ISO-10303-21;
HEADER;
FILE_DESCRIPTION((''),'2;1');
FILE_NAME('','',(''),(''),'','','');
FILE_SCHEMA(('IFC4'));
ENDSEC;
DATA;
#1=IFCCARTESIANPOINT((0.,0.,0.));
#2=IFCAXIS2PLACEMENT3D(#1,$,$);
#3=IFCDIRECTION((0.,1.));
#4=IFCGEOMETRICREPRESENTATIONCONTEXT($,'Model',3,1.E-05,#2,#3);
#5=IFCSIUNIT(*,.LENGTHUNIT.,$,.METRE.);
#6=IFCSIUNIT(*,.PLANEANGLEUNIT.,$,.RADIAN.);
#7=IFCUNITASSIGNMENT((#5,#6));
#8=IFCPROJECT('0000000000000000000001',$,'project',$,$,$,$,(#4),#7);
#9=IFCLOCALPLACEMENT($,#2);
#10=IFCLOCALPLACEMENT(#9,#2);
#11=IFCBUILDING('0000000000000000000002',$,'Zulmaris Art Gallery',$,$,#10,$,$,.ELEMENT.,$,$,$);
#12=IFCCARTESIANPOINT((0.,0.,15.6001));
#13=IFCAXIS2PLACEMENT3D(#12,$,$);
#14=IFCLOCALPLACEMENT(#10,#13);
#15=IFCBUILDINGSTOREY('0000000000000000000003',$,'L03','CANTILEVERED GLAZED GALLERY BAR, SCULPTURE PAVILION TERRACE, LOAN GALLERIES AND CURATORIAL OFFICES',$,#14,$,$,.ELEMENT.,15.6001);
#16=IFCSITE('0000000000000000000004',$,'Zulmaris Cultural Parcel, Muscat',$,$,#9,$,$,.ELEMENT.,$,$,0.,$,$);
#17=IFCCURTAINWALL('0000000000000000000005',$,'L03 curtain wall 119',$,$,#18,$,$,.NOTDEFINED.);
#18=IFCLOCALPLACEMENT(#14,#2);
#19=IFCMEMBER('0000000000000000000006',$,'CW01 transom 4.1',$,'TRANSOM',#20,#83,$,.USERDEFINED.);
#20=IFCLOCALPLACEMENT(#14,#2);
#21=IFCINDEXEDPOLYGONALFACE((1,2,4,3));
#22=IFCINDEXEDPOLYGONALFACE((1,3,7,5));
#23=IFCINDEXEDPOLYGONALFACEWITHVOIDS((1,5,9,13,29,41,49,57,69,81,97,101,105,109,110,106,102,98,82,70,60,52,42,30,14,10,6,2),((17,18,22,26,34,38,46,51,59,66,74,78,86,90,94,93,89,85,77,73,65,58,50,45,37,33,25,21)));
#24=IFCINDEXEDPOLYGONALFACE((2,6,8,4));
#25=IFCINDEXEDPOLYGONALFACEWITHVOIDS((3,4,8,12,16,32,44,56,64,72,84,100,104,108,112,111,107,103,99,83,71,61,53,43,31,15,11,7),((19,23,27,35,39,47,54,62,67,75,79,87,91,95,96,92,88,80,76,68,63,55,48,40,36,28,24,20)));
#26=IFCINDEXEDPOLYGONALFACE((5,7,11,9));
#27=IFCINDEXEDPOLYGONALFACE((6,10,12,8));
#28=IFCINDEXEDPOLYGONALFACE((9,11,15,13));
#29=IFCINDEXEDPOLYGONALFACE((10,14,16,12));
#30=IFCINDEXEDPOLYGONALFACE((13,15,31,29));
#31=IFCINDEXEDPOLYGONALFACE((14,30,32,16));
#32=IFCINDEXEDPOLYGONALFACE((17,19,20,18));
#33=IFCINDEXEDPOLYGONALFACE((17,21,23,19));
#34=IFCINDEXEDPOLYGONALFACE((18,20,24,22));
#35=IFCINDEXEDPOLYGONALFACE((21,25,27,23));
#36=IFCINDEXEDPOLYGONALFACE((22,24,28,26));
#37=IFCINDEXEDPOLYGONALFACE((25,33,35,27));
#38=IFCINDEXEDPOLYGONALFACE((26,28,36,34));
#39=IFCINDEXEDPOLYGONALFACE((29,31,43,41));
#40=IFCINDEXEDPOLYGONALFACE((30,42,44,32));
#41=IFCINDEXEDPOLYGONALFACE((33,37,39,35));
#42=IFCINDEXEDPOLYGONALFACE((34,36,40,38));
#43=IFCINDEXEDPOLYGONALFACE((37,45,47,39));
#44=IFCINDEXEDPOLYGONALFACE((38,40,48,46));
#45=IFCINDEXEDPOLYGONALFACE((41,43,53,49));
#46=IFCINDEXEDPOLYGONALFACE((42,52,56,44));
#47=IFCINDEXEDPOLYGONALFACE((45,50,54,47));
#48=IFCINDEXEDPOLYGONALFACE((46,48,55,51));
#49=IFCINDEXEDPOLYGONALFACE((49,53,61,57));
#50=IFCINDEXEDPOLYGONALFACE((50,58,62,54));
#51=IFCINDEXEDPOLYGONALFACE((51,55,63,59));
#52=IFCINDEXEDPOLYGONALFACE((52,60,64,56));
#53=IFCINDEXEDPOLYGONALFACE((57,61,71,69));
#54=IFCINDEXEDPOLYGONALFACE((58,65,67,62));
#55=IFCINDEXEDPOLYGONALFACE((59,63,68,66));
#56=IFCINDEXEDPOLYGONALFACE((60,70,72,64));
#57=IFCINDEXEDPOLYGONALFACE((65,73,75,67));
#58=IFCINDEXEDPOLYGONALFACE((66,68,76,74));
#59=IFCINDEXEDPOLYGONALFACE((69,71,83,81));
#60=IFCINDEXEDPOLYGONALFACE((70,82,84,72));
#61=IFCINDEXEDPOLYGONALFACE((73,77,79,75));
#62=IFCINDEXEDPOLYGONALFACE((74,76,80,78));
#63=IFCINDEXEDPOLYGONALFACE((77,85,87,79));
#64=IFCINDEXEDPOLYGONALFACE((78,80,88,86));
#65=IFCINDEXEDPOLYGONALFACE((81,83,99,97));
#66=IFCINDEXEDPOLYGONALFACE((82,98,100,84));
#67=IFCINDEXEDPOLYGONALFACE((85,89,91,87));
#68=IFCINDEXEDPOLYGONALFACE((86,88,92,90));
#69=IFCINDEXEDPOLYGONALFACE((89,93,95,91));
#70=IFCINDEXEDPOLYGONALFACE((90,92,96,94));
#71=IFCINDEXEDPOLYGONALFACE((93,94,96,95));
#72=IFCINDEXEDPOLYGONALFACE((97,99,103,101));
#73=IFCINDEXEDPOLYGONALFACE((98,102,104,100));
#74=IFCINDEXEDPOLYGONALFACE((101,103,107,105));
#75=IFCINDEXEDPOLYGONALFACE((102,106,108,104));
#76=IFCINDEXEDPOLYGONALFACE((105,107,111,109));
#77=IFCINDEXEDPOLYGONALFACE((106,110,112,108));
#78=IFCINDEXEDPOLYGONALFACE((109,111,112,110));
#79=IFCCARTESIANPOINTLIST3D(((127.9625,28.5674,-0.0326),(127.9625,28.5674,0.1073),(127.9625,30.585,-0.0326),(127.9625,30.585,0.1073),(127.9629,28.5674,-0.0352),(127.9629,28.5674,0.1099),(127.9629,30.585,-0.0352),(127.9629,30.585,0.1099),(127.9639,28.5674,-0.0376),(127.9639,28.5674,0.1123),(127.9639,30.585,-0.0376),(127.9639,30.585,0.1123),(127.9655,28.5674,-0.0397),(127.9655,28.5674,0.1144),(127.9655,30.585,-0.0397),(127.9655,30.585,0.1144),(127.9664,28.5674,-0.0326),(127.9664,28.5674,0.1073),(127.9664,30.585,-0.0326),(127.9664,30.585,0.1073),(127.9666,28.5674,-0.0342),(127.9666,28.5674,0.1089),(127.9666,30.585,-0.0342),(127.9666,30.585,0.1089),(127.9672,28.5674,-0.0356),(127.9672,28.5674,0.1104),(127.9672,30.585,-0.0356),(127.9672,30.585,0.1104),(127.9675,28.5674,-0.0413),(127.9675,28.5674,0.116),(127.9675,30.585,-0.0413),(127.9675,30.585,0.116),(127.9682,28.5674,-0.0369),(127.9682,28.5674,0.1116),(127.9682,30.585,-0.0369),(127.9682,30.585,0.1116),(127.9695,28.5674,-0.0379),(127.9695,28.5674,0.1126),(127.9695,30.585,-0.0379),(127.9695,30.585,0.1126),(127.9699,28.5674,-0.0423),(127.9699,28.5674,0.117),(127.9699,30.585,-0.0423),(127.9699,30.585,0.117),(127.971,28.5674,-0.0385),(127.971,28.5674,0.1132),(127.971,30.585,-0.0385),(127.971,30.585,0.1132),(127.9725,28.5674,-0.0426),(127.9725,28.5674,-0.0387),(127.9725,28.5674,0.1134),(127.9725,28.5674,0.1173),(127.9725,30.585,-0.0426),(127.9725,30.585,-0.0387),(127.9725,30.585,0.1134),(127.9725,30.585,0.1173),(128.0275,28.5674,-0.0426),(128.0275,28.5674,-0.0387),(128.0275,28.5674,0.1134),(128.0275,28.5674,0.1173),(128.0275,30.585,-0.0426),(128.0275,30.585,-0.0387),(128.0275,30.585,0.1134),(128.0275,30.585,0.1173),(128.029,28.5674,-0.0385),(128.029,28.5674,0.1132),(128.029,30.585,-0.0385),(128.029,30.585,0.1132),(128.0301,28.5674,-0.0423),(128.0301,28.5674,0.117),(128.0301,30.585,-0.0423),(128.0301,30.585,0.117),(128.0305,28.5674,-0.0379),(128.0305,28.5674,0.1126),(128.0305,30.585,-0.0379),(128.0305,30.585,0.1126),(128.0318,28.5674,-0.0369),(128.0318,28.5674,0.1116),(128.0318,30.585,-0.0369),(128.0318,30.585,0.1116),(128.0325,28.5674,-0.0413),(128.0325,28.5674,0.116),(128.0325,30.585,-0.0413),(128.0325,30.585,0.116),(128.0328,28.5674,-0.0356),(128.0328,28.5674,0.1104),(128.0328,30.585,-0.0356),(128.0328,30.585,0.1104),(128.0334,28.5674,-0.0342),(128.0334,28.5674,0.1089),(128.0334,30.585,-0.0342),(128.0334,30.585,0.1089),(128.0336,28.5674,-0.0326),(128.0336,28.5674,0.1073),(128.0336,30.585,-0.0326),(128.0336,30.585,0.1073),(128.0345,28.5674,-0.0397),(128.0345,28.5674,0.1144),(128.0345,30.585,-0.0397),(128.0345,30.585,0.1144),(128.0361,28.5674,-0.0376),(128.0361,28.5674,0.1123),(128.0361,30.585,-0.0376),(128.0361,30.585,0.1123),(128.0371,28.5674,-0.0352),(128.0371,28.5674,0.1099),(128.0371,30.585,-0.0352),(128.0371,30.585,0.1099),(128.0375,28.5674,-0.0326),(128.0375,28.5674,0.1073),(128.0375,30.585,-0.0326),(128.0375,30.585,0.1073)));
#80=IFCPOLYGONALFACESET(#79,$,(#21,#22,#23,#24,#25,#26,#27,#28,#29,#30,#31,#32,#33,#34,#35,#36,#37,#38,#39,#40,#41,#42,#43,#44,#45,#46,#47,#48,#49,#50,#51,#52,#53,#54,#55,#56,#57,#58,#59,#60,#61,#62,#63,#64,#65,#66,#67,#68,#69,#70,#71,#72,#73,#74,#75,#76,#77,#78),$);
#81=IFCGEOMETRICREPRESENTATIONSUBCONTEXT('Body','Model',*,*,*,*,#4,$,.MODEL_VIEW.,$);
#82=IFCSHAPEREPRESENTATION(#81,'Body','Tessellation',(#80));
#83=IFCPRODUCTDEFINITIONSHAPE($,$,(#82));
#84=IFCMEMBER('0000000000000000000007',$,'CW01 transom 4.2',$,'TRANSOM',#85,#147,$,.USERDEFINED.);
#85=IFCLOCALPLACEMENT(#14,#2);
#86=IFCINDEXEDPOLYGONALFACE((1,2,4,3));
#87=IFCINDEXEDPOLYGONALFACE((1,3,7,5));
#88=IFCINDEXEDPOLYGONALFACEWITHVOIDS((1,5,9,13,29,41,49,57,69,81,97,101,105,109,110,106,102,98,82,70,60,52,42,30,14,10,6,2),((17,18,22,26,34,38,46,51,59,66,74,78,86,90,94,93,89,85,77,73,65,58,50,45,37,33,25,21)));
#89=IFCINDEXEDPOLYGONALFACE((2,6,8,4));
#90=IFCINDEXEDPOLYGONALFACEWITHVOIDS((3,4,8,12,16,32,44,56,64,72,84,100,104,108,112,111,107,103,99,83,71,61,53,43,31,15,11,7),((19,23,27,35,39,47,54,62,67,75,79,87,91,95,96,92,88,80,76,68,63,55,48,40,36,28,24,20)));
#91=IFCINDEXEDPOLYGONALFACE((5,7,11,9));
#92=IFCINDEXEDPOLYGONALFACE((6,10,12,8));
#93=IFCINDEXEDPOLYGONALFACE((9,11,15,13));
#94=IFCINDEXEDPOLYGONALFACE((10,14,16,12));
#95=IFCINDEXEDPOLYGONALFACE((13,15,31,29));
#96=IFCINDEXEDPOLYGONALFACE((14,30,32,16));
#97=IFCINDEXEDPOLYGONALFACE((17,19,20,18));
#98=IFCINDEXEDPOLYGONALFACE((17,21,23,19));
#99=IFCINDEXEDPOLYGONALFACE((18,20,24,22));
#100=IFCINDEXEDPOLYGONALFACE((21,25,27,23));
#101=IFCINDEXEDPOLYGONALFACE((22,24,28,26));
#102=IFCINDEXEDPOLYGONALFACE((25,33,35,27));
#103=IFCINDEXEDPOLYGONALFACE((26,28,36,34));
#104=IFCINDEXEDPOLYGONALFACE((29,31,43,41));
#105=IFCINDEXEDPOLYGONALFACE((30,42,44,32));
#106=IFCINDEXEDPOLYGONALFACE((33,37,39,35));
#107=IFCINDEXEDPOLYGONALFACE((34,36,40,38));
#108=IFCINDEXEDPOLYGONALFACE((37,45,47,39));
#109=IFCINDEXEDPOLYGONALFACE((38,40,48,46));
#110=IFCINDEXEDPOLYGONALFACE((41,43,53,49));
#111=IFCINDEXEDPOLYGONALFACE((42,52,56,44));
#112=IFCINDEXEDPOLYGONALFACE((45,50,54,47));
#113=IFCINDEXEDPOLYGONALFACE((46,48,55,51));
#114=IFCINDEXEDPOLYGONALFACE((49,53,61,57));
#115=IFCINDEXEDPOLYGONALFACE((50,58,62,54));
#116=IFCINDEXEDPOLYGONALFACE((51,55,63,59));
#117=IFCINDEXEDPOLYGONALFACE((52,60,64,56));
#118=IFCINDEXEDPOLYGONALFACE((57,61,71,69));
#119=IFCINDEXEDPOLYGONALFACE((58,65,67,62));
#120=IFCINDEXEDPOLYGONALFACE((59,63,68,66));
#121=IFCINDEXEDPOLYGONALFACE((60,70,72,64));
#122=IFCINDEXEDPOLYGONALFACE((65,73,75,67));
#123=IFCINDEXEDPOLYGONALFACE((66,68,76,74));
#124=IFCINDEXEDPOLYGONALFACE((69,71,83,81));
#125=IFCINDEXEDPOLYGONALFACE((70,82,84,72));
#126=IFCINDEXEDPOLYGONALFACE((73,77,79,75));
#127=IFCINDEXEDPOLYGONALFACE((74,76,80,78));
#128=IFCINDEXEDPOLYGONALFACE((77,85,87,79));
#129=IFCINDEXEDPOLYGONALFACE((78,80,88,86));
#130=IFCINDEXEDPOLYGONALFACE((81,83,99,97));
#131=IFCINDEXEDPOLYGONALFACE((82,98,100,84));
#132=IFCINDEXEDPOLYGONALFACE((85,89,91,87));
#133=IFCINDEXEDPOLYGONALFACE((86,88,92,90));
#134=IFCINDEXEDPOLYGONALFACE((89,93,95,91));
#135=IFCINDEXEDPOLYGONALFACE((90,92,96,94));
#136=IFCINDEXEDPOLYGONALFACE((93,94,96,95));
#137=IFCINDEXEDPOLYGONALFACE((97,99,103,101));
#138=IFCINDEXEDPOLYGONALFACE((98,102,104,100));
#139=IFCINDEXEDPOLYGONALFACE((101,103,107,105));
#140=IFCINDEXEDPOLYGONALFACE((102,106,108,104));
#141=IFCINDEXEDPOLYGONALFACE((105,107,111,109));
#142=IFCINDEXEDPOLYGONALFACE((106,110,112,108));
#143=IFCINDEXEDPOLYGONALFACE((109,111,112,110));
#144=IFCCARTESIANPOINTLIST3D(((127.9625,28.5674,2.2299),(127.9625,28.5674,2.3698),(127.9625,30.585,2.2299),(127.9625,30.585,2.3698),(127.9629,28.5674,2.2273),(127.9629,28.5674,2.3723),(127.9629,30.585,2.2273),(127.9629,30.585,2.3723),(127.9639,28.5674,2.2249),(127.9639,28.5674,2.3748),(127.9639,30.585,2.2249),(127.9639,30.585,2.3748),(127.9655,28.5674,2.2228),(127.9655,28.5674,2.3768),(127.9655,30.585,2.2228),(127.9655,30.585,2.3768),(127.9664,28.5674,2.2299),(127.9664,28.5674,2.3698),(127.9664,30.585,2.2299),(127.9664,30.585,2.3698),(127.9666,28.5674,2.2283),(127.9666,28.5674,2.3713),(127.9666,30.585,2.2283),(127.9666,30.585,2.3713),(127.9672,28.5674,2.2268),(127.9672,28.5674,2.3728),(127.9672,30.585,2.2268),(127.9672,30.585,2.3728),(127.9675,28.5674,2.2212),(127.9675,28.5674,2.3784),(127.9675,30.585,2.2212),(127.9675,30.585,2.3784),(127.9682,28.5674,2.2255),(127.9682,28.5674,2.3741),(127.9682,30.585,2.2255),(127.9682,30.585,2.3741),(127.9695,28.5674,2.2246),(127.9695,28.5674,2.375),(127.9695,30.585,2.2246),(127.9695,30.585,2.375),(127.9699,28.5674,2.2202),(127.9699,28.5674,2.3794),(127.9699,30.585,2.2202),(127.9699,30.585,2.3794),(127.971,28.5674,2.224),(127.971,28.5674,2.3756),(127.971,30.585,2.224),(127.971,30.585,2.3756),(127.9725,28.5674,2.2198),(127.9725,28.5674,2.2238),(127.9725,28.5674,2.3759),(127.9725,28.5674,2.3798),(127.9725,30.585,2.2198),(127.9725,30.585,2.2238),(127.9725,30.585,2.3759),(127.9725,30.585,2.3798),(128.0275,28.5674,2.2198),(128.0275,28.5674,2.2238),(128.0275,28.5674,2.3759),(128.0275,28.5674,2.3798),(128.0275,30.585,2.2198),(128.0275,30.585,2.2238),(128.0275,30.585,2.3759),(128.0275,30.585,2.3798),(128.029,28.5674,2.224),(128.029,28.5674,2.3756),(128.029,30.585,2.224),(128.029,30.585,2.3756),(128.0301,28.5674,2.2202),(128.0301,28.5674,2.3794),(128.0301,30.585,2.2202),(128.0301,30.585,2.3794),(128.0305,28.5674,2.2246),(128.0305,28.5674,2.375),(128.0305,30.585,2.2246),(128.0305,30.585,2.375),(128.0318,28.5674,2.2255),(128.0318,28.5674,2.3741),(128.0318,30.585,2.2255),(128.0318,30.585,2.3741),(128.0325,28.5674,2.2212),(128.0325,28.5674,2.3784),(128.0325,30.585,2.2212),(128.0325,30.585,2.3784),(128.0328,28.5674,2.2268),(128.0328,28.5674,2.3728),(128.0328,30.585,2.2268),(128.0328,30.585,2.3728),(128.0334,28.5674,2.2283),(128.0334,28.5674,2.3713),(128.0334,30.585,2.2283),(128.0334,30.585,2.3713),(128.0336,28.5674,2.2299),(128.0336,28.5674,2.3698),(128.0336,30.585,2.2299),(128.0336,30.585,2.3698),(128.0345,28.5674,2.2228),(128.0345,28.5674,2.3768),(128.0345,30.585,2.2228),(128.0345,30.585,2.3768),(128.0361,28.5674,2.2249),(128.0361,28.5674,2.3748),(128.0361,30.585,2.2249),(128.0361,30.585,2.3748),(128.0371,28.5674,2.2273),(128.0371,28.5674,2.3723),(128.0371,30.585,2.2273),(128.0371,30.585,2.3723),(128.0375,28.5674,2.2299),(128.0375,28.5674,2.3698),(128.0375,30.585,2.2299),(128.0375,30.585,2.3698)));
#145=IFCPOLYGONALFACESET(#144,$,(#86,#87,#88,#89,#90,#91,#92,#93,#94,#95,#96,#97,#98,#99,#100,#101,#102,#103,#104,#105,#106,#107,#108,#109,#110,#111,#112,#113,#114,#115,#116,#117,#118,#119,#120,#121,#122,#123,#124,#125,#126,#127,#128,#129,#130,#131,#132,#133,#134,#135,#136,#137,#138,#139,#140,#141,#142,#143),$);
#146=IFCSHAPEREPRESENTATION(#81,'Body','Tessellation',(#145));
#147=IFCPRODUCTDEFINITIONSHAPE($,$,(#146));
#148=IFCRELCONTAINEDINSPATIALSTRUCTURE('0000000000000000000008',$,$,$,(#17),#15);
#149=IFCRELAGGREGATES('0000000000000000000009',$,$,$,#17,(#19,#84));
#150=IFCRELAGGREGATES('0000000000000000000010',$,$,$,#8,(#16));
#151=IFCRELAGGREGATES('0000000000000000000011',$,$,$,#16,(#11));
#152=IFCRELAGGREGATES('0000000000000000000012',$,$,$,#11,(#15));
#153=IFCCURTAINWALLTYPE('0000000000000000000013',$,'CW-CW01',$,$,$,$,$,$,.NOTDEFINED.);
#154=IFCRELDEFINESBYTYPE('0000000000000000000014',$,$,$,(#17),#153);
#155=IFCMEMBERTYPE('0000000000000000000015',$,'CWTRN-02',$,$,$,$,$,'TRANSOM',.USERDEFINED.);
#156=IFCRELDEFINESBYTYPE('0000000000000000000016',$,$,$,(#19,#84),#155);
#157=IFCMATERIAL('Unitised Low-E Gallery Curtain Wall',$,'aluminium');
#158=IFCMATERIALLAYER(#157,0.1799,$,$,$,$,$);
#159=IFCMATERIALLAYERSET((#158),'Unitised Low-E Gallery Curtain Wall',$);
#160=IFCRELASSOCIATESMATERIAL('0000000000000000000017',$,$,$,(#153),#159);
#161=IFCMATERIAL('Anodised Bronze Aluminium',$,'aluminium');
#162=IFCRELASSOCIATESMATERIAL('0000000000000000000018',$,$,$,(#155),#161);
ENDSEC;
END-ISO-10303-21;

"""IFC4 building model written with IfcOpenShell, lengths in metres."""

from ifc_helpers import new_model, si_unit, direction, frame, origin, origin_2d, place, context, subcontext, project, spatial, hollow_rectangle, extrude, material, layer, layer_set, material_profile, profile_set, type_object, element, aggregate, save


model = new_model("IFC4")

# Units and contexts
model_context = context("Model", 3, precision=1e-05, world=origin(), true_north=direction((0.0, 1.0)))
body_context = subcontext(model_context, "Body", "Model", "MODEL_VIEW")
ifc_project = project(units=[si_unit("LENGTHUNIT", "METRE"), si_unit("PLANEANGLEUNIT", "RADIAN")], contexts=[model_context])

# Site, building, storey
site_placement = place(None, origin())
site = spatial("IfcSite", under=ifc_project, at=site_placement, Name="Zulmaris Cultural Parcel, Muscat", CompositionType="ELEMENT", RefElevation=0.0)
building_placement = place(site_placement, origin())
building = spatial("IfcBuilding", under=site, at=building_placement, Name="Zulmaris Art Gallery", CompositionType="ELEMENT")
storey_placement = place(building_placement, frame((0.0, 0.0, 15.6001)))
storey = spatial("IfcBuildingStorey", under=building, at=storey_placement, Name="L03", Description="CANTILEVERED GLAZED GALLERY BAR, SCULPTURE PAVILION TERRACE, LOAN GALLERIES AND CURATORIAL OFFICES", CompositionType="ELEMENT", Elevation=15.6001)

# Curtain wall, members
ifc_material_1 = material(Name="Unitised Low-E Gallery Curtain Wall", Category="aluminium")
ifc_layer_1 = layer(ifc_material_1, 0.1799)
ifc_layer_set_1 = layer_set([ifc_layer_1], Name="Unitised Low-E Gallery Curtain Wall")
curtain_wall_type = type_object("IfcCurtainWallType", Name="CW-CW01", PredefinedType="NOTDEFINED", material=ifc_layer_set_1)
curtain_wall_placement = place(storey_placement, origin())
curtain_wall = element("IfcCurtainWall", 1, at=curtain_wall_placement, inside=storey, type_object=curtain_wall_type, Name="L03 curtain wall 119", PredefinedType="NOTDEFINED")
ifc_material_2 = material(Name="Anodised Bronze Aluminium", Category="aluminium")
ifc_material_profile_1 = material_profile(ifc_material_2, hollow_rectangle(XDim=0.075, YDim=0.1599, WallThickness=0.0039, InnerFilletRadius=0.0061, OuterFilletRadius=0.01, at=origin_2d()), Name="ALU 75x160x4")
ifc_profile_set_1 = profile_set([ifc_material_profile_1], Name="Anodised Bronze Aluminium")
member_type_1 = type_object("IfcMemberType", Name="CWTRN-02", ElementType="TRANSOM", PredefinedType="USERDEFINED", material=ifc_profile_set_1)
member_1_placement = place(storey_placement, frame((128.0, 28.5674, 0.0374), z_axis=(0.0, 1.0, 0.0), x_axis=(-1.0, 0.0, 0.0)))
member_1 = element("IfcMember", 2, at=member_1_placement, type_object=member_type_1, Name="CW01 transom 4.1", ObjectType="TRANSOM", PredefinedType="USERDEFINED", context=body_context, shape_type="SweptSolid", body=[
    extrude(hollow_rectangle(XDim=0.075, YDim=0.1599, WallThickness=0.0039, InnerFilletRadius=0.0061, OuterFilletRadius=0.01, at=origin_2d()), origin(), (0.0, 0.0, 1.0), 2.0176),
])
member_2_placement = place(storey_placement, frame((128.0, 28.5674, 2.2998), z_axis=(0.0, 1.0, 0.0), x_axis=(-1.0, 0.0, 0.0)))
member_2 = element("IfcMember", 3, at=member_2_placement, type_object=member_type_1, Name="CW01 transom 4.2", ObjectType="TRANSOM", PredefinedType="USERDEFINED", context=body_context, shape_type="SweptSolid", body=[
    extrude(hollow_rectangle(XDim=0.075, YDim=0.1599, WallThickness=0.0039, InnerFilletRadius=0.0061, OuterFilletRadius=0.01, at=origin_2d()), origin(), (0.0, 0.0, 1.0), 2.0176),
])
aggregate(curtain_wall, [member_1, member_2])

save(model, "model.ifc")
